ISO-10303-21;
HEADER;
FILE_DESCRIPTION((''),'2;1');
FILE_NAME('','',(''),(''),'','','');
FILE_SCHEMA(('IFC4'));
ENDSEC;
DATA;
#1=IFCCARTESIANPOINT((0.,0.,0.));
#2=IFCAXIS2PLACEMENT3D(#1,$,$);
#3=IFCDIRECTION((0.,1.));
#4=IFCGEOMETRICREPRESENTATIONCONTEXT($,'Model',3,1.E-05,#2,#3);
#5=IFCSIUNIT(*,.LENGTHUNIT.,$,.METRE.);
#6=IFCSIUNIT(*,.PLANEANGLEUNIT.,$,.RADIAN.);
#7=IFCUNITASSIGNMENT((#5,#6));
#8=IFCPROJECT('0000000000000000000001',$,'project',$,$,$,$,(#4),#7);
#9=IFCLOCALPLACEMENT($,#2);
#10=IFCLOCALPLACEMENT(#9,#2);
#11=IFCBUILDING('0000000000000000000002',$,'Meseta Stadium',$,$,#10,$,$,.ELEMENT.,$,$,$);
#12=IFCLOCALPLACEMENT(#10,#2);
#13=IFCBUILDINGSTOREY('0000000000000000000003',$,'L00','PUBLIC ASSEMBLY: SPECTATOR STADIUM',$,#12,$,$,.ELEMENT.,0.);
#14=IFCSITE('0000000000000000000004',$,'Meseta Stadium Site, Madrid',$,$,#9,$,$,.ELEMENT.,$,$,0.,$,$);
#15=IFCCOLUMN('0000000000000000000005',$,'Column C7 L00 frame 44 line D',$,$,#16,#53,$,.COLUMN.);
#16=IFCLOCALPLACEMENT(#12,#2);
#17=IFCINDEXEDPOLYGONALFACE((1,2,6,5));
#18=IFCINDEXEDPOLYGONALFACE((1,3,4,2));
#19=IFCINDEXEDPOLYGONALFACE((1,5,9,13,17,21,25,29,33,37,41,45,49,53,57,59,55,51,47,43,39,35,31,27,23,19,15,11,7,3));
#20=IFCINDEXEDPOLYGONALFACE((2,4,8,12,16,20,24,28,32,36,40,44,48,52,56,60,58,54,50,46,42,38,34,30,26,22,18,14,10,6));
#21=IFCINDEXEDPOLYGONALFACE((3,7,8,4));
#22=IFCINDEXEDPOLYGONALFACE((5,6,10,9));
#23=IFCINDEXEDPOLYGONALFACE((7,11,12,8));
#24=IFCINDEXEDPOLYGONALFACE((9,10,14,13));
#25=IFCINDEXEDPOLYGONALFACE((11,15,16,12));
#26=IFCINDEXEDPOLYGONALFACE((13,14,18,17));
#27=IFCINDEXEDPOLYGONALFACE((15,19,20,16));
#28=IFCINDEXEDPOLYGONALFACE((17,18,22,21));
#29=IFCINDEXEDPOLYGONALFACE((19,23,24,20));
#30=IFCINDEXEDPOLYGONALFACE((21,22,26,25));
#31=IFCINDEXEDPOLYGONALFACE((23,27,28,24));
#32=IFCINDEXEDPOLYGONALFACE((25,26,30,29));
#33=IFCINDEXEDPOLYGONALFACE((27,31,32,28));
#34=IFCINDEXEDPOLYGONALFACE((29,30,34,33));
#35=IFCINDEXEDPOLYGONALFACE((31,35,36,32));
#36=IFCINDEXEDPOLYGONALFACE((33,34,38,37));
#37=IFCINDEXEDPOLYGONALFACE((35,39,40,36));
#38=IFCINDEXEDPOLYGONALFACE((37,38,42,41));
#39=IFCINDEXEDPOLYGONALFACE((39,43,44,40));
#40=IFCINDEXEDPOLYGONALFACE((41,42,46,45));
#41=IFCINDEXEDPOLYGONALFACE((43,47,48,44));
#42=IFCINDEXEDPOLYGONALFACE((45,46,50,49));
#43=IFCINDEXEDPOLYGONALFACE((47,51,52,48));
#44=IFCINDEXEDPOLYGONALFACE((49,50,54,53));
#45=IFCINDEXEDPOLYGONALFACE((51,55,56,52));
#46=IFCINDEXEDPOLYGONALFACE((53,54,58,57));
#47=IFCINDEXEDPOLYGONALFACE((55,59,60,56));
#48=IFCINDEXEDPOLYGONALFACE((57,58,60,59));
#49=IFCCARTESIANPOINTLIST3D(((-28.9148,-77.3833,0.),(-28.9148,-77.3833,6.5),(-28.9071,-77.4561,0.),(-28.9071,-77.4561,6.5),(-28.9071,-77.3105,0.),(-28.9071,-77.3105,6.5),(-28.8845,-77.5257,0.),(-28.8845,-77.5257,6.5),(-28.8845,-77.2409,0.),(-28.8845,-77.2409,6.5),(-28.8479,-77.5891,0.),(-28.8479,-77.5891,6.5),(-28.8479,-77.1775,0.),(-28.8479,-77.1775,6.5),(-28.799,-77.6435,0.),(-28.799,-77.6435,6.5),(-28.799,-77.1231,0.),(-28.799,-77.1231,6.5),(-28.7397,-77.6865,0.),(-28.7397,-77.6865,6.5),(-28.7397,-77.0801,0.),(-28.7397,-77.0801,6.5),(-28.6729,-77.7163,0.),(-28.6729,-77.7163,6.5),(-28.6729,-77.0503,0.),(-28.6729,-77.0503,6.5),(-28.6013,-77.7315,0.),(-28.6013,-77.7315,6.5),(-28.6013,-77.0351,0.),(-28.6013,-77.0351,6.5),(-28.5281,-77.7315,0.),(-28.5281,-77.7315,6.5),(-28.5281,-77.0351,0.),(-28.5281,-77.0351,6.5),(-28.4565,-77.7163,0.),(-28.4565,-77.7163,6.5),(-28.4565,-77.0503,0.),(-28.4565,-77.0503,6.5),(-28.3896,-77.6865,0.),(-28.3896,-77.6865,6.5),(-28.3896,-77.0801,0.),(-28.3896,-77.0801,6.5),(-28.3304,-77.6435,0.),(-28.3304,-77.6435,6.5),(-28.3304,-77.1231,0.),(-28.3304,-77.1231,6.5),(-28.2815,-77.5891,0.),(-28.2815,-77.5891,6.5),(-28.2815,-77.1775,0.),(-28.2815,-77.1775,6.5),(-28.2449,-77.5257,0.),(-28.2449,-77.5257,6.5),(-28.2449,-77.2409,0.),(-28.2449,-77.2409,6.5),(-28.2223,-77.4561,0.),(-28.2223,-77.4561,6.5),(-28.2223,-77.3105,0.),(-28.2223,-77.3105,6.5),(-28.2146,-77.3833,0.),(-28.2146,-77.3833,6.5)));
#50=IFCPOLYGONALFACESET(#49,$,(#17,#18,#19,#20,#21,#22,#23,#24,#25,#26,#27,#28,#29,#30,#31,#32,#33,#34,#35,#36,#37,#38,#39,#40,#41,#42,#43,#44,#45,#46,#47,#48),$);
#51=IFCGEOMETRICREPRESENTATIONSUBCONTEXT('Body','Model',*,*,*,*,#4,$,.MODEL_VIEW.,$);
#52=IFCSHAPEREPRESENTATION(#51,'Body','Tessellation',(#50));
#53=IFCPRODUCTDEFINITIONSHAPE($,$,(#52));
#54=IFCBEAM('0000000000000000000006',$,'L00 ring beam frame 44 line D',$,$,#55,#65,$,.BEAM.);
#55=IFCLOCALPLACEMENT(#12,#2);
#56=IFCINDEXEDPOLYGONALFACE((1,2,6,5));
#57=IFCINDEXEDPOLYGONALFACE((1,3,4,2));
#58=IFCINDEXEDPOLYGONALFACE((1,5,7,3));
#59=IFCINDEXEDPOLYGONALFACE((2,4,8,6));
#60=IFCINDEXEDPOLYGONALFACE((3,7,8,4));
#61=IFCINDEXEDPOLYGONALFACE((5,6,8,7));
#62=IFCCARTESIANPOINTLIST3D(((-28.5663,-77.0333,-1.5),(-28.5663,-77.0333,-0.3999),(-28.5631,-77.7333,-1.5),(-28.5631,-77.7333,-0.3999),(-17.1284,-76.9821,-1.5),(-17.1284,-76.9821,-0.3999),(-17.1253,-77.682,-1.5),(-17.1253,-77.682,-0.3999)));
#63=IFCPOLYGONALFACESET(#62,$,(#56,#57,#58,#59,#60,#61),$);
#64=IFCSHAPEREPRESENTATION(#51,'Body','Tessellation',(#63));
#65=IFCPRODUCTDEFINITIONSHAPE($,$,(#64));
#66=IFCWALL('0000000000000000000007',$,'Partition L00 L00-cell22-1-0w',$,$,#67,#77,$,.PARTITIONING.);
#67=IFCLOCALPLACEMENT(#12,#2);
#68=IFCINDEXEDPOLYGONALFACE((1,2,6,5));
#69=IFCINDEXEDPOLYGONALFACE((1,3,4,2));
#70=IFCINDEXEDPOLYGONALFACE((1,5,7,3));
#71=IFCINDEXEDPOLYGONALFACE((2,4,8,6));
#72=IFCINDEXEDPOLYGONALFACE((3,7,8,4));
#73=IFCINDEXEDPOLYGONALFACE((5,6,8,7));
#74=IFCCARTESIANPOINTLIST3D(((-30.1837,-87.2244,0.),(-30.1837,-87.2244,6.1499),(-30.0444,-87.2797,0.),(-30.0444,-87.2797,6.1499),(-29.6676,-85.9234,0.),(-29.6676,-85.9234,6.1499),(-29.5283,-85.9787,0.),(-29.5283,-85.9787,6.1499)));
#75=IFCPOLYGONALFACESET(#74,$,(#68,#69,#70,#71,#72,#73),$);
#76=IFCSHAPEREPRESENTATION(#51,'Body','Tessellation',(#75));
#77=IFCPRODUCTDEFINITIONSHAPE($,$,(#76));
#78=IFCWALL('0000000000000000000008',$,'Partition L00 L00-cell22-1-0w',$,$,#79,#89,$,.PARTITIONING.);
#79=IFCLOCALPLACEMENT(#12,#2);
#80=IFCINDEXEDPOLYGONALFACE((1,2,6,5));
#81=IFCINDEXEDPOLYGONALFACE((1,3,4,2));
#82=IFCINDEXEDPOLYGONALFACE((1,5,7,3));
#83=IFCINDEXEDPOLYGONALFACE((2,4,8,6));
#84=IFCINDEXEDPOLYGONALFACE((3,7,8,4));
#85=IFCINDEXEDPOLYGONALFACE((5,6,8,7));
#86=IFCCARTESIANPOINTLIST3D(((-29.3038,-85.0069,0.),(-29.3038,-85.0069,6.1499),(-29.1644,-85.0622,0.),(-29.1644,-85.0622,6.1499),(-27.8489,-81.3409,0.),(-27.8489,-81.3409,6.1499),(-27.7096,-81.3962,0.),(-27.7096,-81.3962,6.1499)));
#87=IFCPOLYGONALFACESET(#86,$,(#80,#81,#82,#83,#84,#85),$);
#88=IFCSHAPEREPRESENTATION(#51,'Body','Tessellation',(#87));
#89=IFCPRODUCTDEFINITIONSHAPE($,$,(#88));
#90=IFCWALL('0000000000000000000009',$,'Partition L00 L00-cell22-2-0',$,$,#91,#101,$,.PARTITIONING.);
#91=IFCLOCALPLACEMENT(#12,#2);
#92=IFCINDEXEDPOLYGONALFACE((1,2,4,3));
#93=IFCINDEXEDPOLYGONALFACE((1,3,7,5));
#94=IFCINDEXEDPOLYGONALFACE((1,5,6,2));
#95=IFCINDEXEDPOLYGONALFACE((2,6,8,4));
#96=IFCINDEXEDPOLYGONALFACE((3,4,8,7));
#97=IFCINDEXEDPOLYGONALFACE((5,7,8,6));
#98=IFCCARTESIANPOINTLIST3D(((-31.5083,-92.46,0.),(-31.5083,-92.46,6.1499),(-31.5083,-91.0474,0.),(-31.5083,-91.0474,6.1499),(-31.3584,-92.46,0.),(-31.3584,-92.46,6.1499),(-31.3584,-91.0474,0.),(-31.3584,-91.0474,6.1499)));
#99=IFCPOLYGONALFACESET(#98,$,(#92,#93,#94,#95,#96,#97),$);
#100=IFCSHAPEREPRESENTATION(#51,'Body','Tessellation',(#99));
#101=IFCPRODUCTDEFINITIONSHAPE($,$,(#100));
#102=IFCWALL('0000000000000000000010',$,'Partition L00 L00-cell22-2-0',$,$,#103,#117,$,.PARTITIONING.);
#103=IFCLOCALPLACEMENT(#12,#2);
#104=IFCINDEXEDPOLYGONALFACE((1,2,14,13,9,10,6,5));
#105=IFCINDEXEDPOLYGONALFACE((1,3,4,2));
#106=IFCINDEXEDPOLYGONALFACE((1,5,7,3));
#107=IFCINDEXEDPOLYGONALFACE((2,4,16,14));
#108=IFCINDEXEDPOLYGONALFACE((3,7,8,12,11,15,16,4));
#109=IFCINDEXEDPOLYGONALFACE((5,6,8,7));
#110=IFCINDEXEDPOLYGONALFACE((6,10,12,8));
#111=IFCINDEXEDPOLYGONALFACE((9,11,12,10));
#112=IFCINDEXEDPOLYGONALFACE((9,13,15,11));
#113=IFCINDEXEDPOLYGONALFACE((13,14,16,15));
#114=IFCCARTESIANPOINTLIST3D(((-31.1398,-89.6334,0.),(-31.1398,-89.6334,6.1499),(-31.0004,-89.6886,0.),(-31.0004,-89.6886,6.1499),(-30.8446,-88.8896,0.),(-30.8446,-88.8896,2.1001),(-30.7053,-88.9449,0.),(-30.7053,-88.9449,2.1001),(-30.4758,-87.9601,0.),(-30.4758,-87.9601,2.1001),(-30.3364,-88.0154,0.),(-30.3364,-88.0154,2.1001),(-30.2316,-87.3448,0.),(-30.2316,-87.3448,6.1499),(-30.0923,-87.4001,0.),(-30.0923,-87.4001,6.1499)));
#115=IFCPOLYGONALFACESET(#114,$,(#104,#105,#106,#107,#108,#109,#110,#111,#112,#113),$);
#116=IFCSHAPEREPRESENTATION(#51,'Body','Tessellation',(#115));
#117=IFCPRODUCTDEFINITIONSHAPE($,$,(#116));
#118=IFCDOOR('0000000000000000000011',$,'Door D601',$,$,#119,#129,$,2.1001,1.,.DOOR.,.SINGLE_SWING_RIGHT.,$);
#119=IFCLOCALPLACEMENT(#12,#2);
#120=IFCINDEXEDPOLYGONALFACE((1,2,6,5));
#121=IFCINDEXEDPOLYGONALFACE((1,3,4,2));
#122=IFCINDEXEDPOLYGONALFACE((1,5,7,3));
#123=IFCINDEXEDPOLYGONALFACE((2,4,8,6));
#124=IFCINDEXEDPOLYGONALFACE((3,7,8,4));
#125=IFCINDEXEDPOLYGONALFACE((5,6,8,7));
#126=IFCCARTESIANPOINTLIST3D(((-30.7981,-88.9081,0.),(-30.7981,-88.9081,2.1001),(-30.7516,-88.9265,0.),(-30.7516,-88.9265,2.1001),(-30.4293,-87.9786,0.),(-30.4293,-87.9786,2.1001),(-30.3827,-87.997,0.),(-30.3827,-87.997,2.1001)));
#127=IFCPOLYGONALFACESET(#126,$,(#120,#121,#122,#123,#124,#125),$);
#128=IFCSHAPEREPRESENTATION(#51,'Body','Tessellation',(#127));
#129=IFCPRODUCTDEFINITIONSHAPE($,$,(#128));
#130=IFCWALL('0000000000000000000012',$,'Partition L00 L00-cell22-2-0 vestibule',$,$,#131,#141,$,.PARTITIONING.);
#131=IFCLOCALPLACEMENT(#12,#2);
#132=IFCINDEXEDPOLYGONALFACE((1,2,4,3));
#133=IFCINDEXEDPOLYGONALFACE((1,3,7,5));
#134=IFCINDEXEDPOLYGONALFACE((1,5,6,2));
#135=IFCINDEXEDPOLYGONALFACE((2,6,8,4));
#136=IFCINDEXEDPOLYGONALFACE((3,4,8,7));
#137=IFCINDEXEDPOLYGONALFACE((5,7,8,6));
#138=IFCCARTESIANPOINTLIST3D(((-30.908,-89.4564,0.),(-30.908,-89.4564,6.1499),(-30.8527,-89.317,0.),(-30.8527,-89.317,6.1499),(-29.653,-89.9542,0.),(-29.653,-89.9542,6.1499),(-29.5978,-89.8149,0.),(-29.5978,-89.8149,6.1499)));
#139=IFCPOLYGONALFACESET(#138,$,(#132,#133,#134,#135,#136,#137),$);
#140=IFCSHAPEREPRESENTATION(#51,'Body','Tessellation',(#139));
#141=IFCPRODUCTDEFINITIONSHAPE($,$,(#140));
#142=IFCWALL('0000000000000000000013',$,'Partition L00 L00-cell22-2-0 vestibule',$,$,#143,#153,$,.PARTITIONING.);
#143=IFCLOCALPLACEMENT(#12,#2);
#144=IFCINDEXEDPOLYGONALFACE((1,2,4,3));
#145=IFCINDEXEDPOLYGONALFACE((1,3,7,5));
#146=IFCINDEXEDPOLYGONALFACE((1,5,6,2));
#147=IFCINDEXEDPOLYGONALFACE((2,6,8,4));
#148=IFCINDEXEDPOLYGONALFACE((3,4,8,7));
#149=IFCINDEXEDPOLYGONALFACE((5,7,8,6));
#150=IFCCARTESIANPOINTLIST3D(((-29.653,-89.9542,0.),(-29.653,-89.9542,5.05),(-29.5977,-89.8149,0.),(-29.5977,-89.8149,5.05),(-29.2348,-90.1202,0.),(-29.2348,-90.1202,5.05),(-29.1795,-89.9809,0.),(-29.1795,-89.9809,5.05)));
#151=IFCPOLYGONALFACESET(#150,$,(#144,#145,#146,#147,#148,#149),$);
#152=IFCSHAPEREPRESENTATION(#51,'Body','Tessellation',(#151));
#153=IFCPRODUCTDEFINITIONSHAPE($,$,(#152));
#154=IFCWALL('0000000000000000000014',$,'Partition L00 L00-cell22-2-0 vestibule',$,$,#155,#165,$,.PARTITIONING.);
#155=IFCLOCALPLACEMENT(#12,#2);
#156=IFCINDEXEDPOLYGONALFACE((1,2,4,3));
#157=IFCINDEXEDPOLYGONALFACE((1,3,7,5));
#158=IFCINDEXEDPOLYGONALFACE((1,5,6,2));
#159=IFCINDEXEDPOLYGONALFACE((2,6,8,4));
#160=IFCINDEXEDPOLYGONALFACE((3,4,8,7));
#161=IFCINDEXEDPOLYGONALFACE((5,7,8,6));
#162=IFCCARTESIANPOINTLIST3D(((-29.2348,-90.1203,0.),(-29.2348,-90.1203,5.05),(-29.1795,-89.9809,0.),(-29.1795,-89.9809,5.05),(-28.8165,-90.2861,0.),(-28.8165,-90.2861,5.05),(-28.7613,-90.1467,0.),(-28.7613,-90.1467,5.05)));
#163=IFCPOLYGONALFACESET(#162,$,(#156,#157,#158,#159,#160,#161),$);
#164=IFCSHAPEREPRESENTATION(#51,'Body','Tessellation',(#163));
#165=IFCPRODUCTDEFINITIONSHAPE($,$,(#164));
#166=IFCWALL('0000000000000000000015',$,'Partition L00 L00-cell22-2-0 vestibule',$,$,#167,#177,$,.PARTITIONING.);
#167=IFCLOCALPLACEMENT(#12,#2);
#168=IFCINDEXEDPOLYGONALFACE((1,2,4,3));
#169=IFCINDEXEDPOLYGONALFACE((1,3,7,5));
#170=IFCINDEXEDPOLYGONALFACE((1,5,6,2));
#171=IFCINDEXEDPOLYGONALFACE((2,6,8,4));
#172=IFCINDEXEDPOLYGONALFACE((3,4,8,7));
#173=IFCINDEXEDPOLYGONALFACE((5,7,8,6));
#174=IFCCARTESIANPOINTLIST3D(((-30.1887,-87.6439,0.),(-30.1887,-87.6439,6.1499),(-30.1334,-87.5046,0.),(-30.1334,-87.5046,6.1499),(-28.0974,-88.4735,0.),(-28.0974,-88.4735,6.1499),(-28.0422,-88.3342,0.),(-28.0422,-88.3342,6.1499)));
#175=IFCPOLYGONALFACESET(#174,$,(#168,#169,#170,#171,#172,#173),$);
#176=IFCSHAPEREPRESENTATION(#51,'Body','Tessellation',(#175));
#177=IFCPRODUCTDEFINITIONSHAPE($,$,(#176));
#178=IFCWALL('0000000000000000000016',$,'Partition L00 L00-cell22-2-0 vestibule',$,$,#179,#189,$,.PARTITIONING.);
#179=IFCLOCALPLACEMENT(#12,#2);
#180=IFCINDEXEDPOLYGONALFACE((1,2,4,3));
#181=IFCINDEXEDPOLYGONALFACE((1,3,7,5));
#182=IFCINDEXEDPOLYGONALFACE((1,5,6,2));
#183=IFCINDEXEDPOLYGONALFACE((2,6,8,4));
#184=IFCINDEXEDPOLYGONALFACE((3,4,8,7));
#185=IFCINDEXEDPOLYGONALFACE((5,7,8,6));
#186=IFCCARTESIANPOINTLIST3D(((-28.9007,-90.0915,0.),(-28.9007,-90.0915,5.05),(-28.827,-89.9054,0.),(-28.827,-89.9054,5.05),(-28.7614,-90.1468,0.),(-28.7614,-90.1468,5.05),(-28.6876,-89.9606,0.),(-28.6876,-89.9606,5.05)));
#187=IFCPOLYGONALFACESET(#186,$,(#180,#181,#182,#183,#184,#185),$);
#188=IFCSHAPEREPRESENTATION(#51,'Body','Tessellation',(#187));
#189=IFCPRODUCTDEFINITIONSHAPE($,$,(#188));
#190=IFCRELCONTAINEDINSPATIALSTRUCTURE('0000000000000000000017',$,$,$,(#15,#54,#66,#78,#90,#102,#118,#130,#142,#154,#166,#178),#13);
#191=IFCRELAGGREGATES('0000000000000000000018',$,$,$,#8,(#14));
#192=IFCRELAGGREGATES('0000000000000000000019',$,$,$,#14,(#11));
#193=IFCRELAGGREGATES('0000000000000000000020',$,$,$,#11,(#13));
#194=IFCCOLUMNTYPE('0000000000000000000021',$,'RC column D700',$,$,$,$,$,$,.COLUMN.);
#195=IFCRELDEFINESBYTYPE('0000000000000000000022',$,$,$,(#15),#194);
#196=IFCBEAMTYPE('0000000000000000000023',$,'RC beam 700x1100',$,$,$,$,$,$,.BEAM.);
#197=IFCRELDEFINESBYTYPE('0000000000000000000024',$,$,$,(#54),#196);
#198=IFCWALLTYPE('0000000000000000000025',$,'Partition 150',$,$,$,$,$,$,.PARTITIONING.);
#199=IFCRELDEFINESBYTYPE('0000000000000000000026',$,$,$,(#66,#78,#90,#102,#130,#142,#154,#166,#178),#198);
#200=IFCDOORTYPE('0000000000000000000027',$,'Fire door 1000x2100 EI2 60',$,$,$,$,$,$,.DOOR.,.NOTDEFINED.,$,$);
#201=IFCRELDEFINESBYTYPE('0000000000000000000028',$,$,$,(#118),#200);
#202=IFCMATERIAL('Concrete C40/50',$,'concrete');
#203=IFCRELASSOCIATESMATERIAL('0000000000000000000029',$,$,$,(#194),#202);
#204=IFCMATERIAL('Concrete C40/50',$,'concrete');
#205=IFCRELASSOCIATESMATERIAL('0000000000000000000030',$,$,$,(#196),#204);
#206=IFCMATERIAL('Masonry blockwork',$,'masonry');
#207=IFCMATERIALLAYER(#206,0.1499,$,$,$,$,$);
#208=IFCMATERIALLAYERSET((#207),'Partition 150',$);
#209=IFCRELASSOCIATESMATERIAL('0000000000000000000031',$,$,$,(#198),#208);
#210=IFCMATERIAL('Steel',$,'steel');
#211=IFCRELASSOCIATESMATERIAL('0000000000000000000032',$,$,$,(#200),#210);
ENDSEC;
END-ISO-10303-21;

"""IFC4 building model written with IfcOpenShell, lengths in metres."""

from ifc_helpers import new_model, si_unit, direction, frame, frame_2d, origin, origin_2d, place, context, subcontext, project, spatial, rectangle, circle, extrude, material, layer, layer_set, material_profile, profile_set, type_object, element, fill, save


model = new_model("IFC4")

# Units and contexts
model_context = context("Model", 3, precision=1e-05, world=origin(), true_north=direction((0.0, 1.0)))
body_context = subcontext(model_context, "Body", "Model", "MODEL_VIEW")
ifc_project = project(units=[si_unit("LENGTHUNIT", "METRE"), si_unit("PLANEANGLEUNIT", "RADIAN")], contexts=[model_context])

# Site, building, storey
site_placement = place(None, origin())
site = spatial("IfcSite", under=ifc_project, at=site_placement, Name="Meseta Stadium Site, Madrid", CompositionType="ELEMENT", RefElevation=0.0)
building_placement = place(site_placement, origin())
building = spatial("IfcBuilding", under=site, at=building_placement, Name="Meseta Stadium", CompositionType="ELEMENT")
storey_placement = place(building_placement, origin())
storey = spatial("IfcBuildingStorey", under=building, at=storey_placement, Name="L00", Description="PUBLIC ASSEMBLY: SPECTATOR STADIUM", CompositionType="ELEMENT", Elevation=0.0)

# Column
ifc_material_1 = material(Name="Concrete C40/50", Category="concrete")
ifc_material_profile_1 = material_profile(ifc_material_1, circle(Radius=0.3501, at=origin_2d()), Name="RC D700")
ifc_profile_set_1 = profile_set([ifc_material_profile_1], Name="Concrete C40/50")
column_type = type_object("IfcColumnType", Name="RC column D700", PredefinedType="COLUMN", material=ifc_profile_set_1)
column_placement = place(storey_placement, frame((-28.5647, -77.3833, 0.0), z_axis=(0.0, 0.0, 1.0), x_axis=(1.0, 0.0, 0.0)))
element("IfcColumn", 1, at=column_placement, inside=storey, type_object=column_type, Name="Column C7 L00 frame 44 line D", PredefinedType="COLUMN", context=body_context, shape_type="SweptSolid", body=[
    extrude(circle(Radius=0.3501, at=origin_2d()), origin(), (0.0, 0.0, 1.0), 6.5),
])

# Beam
ifc_material_2 = material(Name="Concrete C40/50", Category="concrete")
ifc_material_profile_2 = material_profile(ifc_material_2, rectangle(XDim=0.7, YDim=1.1001, at=origin_2d()), Name="RC 700x1100")
ifc_profile_set_2 = profile_set([ifc_material_profile_2], Name="Concrete C40/50")
beam_type = type_object("IfcBeamType", Name="RC beam 700x1100", PredefinedType="BEAM", material=ifc_profile_set_2)
beam_placement = place(storey_placement, frame((-28.5647, -77.3833, -0.95), z_axis=(0.99999, 0.004482, 0.0), x_axis=(-0.004482, 0.99999, 0.0)))
element("IfcBeam", 2, at=beam_placement, inside=storey, type_object=beam_type, Name="L00 ring beam frame 44 line D", PredefinedType="BEAM", context=body_context, shape_type="SweptSolid", body=[
    extrude(rectangle(XDim=0.7, YDim=1.1001, at=origin_2d()), origin(), (0.0, 0.0, 1.0), 11.438),
])

# Walls
ifc_material_3 = material(Name="Masonry blockwork", Category="masonry")
ifc_layer = layer(ifc_material_3, 0.1499)
ifc_layer_set = layer_set([ifc_layer], Name="Partition 150")
wall_type = type_object("IfcWallType", Name="Partition 150", PredefinedType="PARTITIONING", material=ifc_layer_set)
wall_1_placement = place(storey_placement, frame((-30.114, -87.252, 0.0), z_axis=(0.0, 0.0, 1.0), x_axis=(0.368743, 0.929532, 0.0)))
element("IfcWall", 3, at=wall_1_placement, inside=storey, type_object=wall_type, Name="Partition L00 L00-cell22-1-0w", PredefinedType="PARTITIONING", context=body_context, shape_type="SweptSolid", body=[
    extrude(rectangle(XDim=1.3997, YDim=0.1499, at=frame_2d((0.6997, 0.0))), origin(), (0.0, 0.0, 1.0), 6.1499),
])
wall_2_placement = place(storey_placement, frame((-29.2341, -85.0347, 0.0), z_axis=(0.0, 0.0, 1.0), x_axis=(0.36886, 0.929485, 0.0)))
element("IfcWall", 4, at=wall_2_placement, inside=storey, type_object=wall_type, Name="Partition L00 L00-cell22-1-0w", PredefinedType="PARTITIONING", context=body_context, shape_type="SweptSolid", body=[
    extrude(rectangle(XDim=3.9441, YDim=0.1499, at=frame_2d((1.9722, 0.0))), origin(), (0.0, 0.0, 1.0), 6.1499),
])
wall_3_placement = place(storey_placement, frame((-31.4333, -92.46, 0.0), z_axis=(0.0, 0.0, 1.0), x_axis=(0.0, 1.0, 0.0)))
element("IfcWall", 5, at=wall_3_placement, inside=storey, type_object=wall_type, Name="Partition L00 L00-cell22-2-0", PredefinedType="PARTITIONING", context=body_context, shape_type="SweptSolid", body=[
    extrude(rectangle(XDim=1.4126, YDim=0.1499, at=frame_2d((0.7063, 0.0))), origin(), (0.0, 0.0, 1.0), 6.1499),
])

# Wall, opening, door
wall_4_placement = place(storey_placement, frame((-31.0701, -89.6609, 0.0), z_axis=(0.0, 0.0, 1.0), x_axis=(0.368859, 0.929485, 0.0)))
wall_4 = element("IfcWall", 6, at=wall_4_placement, inside=storey, type_object=wall_type, Name="Partition L00 L00-cell22-2-0", PredefinedType="PARTITIONING", context=body_context, shape_type="SweptSolid", body=[
    extrude(rectangle(XDim=2.4622, YDim=0.1499, at=frame_2d((1.231, 0.0))), origin(), (0.0, 0.0, 1.0), 6.1499),
])
opening_1_placement = place(wall_4_placement, frame((0.8, 0.0, 0.0)))
opening_1 = element("IfcOpeningElement", 7, at=opening_1_placement, cuts=wall_4, PredefinedType="OPENING", context=body_context, shape_type="SweptSolid", body=[
    extrude(rectangle(XDim=1.0, YDim=2.1001, at=frame_2d((0.5, 1.05))), frame((0.0, 0.085, 0.0), z_axis=(0.0, -1.0, 0.0), x_axis=(1.0, 0.0, 0.0)), (0.0, 0.0, 1.0), 0.1699),
])
ifc_material_4 = material(Name="Steel", Category="steel")
door_type_1 = type_object("IfcDoorType", Name="Fire door 1000x2100 EI2 60", OperationType="NOTDEFINED", PredefinedType="DOOR", material=ifc_material_4)
door_1_placement = place(opening_1_placement, origin())
door_1 = element("IfcDoor", 8, at=door_1_placement, inside=storey, type_object=door_type_1, Name="Door D601", OperationType="SINGLE_SWING_RIGHT", OverallHeight=2.1001, OverallWidth=1.0, PredefinedType="DOOR", context=body_context, shape_type="SweptSolid", body=[
    extrude(rectangle(XDim=1.0, YDim=2.1001, at=frame_2d((0.5, 1.05))), frame((0.0, 0.0249, 0.0), z_axis=(0.0, -1.0, 0.0), x_axis=(1.0, 0.0, 0.0)), (0.0, 0.0, 1.0), 0.05),
])
fill(opening_1, door_1)

# Walls
wall_5_placement = place(storey_placement, frame((-30.8804, -89.3867, 0.0), z_axis=(0.0, 0.0, 1.0), x_axis=(0.929533, -0.368739, 0.0)))
element("IfcWall", 9, at=wall_5_placement, inside=storey, type_object=wall_type, Name="Partition L00 L00-cell22-2-0 vestibule", PredefinedType="PARTITIONING", context=body_context, shape_type="SweptSolid", body=[
    extrude(rectangle(XDim=1.3501, YDim=0.1499, at=frame_2d((0.675, 0.0))), origin(), (0.0, 0.0, 1.0), 6.1499),
])
for number, where, z_axis, x_axis, name in (
    (10, (-29.6255, -89.8845, 0.0), (0.0, 0.0, 1.0), (0.929446, -0.368957, 0.0), "Partition L00 L00-cell22-2-0 vestibule"),
    (11, (-29.2073, -90.0505, 0.0), (0.0, 0.0, 1.0), (0.929632, -0.368488, 0.0), "Partition L00 L00-cell22-2-0 vestibule"),
):
    element("IfcWall", number, at=place(storey_placement, frame(where, z_axis=z_axis, x_axis=x_axis)), inside=storey, type_object=wall_type, Name=name, PredefinedType="PARTITIONING", context=body_context, shape_type="SweptSolid", body=[
        extrude(rectangle(XDim=0.45, YDim=0.1499, at=frame_2d((0.2251, 0.0))), origin(), (0.0, 0.0, 1.0), 5.05),
    ])
wall_6_placement = place(storey_placement, frame((-30.1611, -87.5742, 0.0), z_axis=(0.0, 0.0, 1.0), x_axis=(0.929536, -0.368732, 0.0)))
element("IfcWall", 12, at=wall_6_placement, inside=storey, type_object=wall_type, Name="Partition L00 L00-cell22-2-0 vestibule", PredefinedType="PARTITIONING", context=body_context, shape_type="SweptSolid", body=[
    extrude(rectangle(XDim=2.2498, YDim=0.1499, at=frame_2d((1.125, 0.0))), origin(), (0.0, 0.0, 1.0), 6.1499),
])
wall_7_placement = place(storey_placement, frame((-28.8311, -90.1191, 0.0), z_axis=(0.0, 0.0, 1.0), x_axis=(0.368444, 0.92965, 0.0)))
element("IfcWall", 13, at=wall_7_placement, inside=storey, type_object=wall_type, Name="Partition L00 L00-cell22-2-0 vestibule", PredefinedType="PARTITIONING", context=body_context, shape_type="SweptSolid", body=[
    extrude(rectangle(XDim=0.2002, YDim=0.1499, at=frame_2d((0.1001, 0.0))), origin(), (0.0, 0.0, 1.0), 5.05),
])

save(model, "model.ifc")
